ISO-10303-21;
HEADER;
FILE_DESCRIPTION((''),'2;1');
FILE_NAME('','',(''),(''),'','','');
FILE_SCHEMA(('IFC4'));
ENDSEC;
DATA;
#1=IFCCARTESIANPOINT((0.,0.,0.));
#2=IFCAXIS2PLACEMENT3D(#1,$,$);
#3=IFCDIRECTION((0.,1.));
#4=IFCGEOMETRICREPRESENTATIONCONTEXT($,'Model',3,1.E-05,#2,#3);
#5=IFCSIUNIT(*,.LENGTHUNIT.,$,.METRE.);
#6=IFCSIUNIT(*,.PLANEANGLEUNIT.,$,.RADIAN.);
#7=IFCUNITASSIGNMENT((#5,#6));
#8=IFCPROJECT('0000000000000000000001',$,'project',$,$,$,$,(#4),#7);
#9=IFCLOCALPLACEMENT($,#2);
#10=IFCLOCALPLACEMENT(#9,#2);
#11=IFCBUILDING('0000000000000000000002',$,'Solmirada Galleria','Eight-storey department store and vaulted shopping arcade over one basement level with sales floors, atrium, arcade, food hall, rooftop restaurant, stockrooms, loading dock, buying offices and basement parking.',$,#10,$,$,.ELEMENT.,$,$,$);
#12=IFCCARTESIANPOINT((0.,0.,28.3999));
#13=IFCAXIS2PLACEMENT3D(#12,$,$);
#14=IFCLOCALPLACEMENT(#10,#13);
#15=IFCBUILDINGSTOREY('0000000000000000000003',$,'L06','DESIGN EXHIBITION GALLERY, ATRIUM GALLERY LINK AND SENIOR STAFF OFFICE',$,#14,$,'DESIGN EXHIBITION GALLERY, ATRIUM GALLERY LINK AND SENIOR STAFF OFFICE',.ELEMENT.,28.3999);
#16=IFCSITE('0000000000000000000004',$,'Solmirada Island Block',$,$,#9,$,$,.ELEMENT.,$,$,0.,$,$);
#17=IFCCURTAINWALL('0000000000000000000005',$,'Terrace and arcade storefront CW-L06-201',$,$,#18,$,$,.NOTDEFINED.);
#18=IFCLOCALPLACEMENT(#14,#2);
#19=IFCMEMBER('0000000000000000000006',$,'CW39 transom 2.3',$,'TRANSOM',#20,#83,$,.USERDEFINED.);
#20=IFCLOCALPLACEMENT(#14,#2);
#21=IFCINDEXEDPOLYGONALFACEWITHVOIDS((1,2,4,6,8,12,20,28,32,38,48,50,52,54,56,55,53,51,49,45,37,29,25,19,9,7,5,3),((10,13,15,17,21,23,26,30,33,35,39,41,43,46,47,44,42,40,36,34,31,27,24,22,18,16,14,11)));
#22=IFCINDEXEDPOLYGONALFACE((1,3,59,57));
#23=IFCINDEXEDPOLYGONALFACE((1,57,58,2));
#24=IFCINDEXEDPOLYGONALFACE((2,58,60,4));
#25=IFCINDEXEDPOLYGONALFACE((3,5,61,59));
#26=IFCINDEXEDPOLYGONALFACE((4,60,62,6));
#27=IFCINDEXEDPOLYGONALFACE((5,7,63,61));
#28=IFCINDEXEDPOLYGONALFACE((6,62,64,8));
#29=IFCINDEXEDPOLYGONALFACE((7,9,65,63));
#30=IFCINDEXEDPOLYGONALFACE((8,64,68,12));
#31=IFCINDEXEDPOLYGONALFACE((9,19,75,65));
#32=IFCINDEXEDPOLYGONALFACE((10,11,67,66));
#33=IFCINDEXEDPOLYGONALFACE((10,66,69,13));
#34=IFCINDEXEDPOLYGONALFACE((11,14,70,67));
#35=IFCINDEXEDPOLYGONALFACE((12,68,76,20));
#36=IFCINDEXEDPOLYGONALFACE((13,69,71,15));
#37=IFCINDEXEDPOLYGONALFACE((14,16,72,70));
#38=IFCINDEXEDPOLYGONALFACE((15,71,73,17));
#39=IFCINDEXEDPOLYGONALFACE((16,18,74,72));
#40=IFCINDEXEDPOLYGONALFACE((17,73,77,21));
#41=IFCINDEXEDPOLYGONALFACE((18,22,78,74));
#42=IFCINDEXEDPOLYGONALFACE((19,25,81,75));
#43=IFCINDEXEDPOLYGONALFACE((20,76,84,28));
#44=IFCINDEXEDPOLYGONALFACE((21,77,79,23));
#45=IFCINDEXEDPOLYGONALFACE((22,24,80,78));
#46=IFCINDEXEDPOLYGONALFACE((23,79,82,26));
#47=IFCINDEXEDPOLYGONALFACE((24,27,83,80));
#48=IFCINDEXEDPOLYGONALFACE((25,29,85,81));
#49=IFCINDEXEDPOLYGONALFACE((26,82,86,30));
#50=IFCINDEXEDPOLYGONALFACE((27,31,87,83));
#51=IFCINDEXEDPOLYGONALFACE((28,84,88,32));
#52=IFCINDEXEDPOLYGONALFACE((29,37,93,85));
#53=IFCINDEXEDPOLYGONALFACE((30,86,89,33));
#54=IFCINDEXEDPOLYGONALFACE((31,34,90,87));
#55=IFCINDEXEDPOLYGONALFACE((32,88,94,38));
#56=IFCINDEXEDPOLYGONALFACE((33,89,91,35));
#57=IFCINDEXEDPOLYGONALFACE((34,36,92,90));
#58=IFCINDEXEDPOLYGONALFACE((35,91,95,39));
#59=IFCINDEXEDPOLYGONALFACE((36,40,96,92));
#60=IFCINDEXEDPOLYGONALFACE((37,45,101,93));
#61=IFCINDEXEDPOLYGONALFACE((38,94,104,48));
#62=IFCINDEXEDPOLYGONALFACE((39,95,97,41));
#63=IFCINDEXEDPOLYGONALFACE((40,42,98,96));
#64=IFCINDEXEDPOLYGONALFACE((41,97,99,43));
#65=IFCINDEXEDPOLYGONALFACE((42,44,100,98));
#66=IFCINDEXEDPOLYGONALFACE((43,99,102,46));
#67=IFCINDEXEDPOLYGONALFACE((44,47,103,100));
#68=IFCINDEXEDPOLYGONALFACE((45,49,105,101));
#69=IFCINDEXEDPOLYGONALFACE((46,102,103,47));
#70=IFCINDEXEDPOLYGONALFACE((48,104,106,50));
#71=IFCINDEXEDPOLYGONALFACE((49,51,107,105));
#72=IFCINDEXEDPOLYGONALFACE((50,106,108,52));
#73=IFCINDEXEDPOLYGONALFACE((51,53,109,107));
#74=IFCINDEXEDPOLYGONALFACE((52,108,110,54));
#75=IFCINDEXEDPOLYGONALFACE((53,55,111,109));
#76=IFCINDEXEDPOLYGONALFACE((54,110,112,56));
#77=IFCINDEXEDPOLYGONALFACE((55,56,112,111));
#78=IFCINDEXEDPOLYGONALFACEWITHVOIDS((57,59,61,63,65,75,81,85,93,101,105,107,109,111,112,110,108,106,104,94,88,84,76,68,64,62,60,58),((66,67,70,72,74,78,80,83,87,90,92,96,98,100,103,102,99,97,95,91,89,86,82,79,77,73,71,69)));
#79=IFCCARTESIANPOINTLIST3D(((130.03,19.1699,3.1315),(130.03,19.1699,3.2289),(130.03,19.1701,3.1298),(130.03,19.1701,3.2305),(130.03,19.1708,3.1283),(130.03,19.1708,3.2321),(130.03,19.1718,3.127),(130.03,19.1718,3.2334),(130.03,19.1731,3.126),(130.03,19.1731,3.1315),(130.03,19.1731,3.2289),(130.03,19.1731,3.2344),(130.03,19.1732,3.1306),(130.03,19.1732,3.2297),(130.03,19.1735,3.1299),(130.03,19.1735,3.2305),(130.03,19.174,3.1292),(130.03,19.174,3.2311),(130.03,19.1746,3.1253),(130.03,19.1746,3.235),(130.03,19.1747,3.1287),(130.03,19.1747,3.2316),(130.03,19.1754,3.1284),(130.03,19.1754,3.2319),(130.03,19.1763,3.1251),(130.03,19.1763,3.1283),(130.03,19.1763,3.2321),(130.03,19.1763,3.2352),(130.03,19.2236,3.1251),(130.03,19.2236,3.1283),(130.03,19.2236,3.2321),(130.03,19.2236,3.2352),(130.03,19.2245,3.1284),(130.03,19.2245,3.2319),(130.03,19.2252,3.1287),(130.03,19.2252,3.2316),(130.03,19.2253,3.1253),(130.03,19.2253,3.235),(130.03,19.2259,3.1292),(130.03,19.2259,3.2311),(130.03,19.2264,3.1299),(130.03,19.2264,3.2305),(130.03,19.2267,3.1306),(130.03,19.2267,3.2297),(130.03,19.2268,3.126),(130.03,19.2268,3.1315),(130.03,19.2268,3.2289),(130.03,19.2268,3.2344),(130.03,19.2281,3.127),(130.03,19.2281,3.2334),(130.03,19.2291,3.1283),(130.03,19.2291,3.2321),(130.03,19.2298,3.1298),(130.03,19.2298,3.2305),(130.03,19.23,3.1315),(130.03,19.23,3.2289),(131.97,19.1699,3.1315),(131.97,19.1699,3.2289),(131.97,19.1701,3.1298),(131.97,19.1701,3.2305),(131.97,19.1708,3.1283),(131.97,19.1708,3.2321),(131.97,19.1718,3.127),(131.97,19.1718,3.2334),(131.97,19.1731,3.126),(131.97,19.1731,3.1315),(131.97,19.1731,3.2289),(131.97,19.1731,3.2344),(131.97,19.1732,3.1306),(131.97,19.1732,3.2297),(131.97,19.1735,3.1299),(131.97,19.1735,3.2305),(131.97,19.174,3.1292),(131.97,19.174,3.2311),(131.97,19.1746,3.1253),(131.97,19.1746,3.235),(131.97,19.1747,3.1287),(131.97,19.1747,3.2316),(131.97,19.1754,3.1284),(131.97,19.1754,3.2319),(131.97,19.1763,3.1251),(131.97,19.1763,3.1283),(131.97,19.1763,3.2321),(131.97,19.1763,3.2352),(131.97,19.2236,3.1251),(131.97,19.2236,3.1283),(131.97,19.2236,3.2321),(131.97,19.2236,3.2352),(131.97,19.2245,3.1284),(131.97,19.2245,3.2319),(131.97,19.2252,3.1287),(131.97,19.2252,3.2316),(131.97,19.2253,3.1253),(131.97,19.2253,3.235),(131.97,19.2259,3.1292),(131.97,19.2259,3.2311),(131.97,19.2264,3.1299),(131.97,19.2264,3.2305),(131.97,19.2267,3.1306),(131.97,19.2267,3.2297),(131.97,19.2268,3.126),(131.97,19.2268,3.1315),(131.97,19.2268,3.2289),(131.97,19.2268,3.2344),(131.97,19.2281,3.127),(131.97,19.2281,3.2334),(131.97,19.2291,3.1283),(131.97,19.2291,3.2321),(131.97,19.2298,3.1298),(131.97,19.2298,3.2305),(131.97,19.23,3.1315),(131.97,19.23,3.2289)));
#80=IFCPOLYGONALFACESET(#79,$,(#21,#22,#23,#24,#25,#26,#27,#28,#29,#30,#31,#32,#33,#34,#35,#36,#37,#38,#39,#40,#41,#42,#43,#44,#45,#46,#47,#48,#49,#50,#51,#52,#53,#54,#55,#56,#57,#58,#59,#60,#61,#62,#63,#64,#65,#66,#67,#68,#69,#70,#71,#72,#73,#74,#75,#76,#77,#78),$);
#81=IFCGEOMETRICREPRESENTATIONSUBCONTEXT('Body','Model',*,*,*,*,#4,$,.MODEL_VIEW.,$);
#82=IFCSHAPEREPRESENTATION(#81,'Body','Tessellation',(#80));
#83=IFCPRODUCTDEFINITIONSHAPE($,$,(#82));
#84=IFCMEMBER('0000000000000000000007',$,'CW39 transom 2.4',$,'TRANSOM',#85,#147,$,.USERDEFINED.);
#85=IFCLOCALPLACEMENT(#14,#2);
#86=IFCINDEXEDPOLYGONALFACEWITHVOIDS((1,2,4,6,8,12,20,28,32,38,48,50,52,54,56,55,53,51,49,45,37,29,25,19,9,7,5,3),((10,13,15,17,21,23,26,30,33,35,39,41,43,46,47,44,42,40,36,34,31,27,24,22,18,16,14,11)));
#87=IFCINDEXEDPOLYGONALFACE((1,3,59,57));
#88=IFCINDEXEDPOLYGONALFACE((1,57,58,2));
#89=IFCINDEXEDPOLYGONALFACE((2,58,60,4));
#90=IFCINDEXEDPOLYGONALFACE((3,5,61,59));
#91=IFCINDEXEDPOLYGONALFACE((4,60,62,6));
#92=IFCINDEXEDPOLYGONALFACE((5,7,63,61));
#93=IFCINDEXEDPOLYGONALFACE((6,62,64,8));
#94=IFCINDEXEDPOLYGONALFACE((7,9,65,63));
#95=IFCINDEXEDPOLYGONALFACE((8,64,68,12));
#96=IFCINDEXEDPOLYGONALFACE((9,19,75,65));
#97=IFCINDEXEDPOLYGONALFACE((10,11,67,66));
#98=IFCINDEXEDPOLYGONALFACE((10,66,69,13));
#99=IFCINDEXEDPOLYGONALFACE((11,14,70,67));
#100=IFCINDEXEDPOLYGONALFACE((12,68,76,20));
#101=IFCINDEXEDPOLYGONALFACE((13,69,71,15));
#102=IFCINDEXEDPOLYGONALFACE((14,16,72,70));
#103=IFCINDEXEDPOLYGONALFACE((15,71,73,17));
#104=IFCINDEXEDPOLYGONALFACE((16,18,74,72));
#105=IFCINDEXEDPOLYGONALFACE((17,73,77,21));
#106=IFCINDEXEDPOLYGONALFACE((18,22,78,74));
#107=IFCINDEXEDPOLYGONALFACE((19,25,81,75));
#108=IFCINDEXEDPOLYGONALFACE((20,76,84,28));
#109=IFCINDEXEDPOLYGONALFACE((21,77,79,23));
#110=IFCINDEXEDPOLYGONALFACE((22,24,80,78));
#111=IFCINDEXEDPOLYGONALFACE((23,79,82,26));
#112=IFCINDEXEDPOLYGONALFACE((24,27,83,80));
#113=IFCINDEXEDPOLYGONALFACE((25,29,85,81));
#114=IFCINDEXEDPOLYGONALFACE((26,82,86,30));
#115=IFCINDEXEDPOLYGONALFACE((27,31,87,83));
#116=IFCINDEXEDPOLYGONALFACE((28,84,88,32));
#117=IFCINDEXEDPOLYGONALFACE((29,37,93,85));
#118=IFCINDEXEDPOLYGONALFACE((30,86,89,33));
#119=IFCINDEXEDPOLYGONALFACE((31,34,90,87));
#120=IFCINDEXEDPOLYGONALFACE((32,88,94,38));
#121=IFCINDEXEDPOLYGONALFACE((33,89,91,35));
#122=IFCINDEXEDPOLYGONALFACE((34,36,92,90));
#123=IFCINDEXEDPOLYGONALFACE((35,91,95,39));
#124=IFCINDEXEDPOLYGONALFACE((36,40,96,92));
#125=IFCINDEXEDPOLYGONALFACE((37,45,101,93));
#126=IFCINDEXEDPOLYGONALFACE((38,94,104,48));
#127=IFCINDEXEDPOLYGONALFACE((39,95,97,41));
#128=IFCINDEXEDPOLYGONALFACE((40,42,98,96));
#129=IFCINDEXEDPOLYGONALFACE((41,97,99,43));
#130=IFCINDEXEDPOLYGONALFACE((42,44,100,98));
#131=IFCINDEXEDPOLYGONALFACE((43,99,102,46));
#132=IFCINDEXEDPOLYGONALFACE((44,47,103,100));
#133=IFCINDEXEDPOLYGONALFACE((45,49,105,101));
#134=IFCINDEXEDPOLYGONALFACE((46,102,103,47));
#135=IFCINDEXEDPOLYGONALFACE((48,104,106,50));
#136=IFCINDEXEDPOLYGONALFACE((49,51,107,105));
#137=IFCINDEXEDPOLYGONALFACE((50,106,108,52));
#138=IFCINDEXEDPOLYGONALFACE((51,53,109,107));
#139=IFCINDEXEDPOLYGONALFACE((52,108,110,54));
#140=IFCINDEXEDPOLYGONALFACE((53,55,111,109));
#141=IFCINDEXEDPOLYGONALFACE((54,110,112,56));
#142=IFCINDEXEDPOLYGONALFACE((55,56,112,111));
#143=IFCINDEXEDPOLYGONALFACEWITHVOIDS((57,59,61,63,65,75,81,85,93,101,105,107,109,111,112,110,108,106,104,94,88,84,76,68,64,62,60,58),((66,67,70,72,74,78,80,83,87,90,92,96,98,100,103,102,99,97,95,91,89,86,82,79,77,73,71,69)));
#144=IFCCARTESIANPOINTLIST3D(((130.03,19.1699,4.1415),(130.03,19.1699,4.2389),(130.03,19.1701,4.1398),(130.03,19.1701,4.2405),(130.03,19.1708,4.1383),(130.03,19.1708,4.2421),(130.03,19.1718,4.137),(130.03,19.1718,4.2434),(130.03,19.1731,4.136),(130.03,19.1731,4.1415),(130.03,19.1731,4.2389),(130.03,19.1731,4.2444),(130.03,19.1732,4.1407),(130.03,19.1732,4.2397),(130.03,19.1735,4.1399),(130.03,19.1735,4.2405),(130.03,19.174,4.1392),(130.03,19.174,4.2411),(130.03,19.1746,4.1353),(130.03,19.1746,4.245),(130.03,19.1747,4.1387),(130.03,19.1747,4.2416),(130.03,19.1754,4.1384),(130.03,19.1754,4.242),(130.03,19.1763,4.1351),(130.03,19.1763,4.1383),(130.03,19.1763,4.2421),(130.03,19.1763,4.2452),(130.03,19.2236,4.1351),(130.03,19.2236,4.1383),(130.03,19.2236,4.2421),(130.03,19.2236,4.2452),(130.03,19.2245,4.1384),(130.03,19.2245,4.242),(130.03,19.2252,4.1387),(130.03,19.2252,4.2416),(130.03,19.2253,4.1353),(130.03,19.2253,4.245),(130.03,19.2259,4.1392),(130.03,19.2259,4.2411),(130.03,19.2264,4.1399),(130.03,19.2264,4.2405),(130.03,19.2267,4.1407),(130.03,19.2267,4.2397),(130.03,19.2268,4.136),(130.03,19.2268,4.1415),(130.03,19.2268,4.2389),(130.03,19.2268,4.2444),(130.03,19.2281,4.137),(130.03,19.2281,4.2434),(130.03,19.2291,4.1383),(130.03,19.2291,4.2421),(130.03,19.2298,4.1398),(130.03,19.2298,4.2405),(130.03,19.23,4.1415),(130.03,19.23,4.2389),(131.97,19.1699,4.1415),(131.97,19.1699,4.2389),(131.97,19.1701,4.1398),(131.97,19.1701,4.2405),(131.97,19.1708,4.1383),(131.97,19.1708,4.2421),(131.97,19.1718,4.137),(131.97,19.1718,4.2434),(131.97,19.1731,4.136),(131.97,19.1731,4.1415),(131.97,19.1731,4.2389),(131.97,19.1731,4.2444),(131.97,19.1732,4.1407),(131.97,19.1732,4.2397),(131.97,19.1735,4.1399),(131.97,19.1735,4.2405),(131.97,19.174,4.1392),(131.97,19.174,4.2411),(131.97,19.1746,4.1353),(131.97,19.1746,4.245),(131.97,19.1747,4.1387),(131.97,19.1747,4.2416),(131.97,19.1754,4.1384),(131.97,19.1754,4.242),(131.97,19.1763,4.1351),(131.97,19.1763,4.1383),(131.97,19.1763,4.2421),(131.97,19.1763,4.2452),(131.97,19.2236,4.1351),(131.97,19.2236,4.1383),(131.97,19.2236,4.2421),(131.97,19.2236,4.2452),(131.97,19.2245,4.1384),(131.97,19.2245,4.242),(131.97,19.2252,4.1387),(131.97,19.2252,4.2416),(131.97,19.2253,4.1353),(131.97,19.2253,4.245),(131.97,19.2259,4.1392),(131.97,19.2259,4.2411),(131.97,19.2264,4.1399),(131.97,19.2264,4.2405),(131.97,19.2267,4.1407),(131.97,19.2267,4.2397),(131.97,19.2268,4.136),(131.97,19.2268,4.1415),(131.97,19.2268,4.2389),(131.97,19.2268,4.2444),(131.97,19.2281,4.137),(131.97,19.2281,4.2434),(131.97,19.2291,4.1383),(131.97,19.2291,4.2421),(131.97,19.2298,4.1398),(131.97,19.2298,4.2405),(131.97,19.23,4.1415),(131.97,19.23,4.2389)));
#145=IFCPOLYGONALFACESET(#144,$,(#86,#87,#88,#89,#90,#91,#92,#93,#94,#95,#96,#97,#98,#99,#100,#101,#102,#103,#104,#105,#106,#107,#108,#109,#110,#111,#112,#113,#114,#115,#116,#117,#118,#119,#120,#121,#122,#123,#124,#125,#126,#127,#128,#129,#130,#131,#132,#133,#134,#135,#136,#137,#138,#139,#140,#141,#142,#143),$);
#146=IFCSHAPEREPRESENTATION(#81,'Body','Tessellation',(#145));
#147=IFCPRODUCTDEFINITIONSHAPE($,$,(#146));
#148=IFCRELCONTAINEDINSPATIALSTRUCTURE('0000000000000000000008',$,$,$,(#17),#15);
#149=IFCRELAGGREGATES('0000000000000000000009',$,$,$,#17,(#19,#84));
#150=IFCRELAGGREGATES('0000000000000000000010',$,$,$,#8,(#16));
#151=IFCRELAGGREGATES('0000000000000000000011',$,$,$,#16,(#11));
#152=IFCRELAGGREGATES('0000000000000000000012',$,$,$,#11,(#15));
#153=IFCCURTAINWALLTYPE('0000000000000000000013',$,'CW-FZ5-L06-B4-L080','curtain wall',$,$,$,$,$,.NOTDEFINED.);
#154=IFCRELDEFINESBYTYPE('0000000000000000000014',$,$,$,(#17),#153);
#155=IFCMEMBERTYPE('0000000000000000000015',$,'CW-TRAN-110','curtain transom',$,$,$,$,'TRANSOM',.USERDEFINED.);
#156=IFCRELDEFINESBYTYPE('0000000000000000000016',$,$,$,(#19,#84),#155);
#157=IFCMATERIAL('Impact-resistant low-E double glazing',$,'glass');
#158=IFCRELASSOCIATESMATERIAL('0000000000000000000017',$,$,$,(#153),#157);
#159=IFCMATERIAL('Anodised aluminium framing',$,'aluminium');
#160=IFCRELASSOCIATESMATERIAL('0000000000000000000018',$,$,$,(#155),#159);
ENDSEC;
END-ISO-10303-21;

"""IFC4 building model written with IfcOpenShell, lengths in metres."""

from ifc_helpers import new_model, si_unit, direction, frame, origin, origin_2d, place, context, subcontext, project, spatial, hollow_rectangle, extrude, material, material_profile, profile_set, type_object, element, aggregate, save


model = new_model("IFC4")

# Units and contexts
model_context = context("Model", 3, precision=1e-05, world=origin(), true_north=direction((0.0, 1.0)))
body_context = subcontext(model_context, "Body", "Model", "MODEL_VIEW")
ifc_project = project(units=[si_unit("LENGTHUNIT", "METRE"), si_unit("PLANEANGLEUNIT", "RADIAN")], contexts=[model_context])

# Site, building, storey
site_placement = place(None, origin())
site = spatial("IfcSite", under=ifc_project, at=site_placement, Name="Solmirada Island Block", CompositionType="ELEMENT", RefElevation=0.0)
building_placement = place(site_placement, origin())
building = spatial("IfcBuilding", under=site, at=building_placement, Name="Solmirada Galleria", Description="Eight-storey department store and vaulted shopping arcade over one basement level with sales floors, atrium, arcade, food hall, rooftop restaurant, stockrooms, loading dock, buying offices and basement parking.", CompositionType="ELEMENT")
storey_placement = place(building_placement, frame((0.0, 0.0, 28.3999)))
storey = spatial("IfcBuildingStorey", under=building, at=storey_placement, Name="L06", Description="DESIGN EXHIBITION GALLERY, ATRIUM GALLERY LINK AND SENIOR STAFF OFFICE", LongName="DESIGN EXHIBITION GALLERY, ATRIUM GALLERY LINK AND SENIOR STAFF OFFICE", CompositionType="ELEMENT", Elevation=28.3999)

# Shared definitions
ifc_material_1 = material(Name="Impact-resistant low-E double glazing", Category="glass")
curtain_wall_type = type_object("IfcCurtainWallType", Name="CW-FZ5-L06-B4-L080", Description="curtain wall", PredefinedType="NOTDEFINED", material=ifc_material_1)
ifc_material_2 = material(Name="Anodised aluminium framing", Category="aluminium")

# Curtain wall, members
curtain_wall_1_placement = place(storey_placement, origin())
curtain_wall_1 = element("IfcCurtainWall", 1, at=curtain_wall_1_placement, inside=storey, type_object=curtain_wall_type, Name="Terrace and arcade storefront CW-L06-201", PredefinedType="NOTDEFINED")
ifc_material_profile_1 = material_profile(ifc_material_2, hollow_rectangle(XDim=0.0601, YDim=0.1101, WallThickness=0.0032, InnerFilletRadius=0.0032, OuterFilletRadius=0.0063, at=origin_2d()), Name="ALU-TRAN-110X60")
ifc_profile_set_1 = profile_set([ifc_material_profile_1], Name="Anodised aluminium framing")
member_type_1 = type_object("IfcMemberType", Name="CW-TRAN-110", Description="curtain transom", ElementType="TRANSOM", PredefinedType="USERDEFINED", material=ifc_profile_set_1)
member_1_placement = place(storey_placement, frame((130.03, 19.2, 3.1802), z_axis=(1.0, 0.0, 0.0), x_axis=(0.0, 1.0, 0.0)))
member_1 = element("IfcMember", 2, at=member_1_placement, type_object=member_type_1, Name="CW39 transom 2.3", ObjectType="TRANSOM", PredefinedType="USERDEFINED", context=body_context, shape_type="SweptSolid", body=[
    extrude(hollow_rectangle(XDim=0.0601, YDim=0.1101, WallThickness=0.0032, InnerFilletRadius=0.0032, OuterFilletRadius=0.0063, at=origin_2d()), origin(), (0.0, 0.0, 1.0), 1.9399),
])
member_2_placement = place(storey_placement, frame((130.03, 19.2, 4.1902), z_axis=(1.0, 0.0, 0.0), x_axis=(0.0, 1.0, 0.0)))
member_2 = element("IfcMember", 3, at=member_2_placement, type_object=member_type_1, Name="CW39 transom 2.4", ObjectType="TRANSOM", PredefinedType="USERDEFINED", context=body_context, shape_type="SweptSolid", body=[
    extrude(hollow_rectangle(XDim=0.0601, YDim=0.1101, WallThickness=0.0032, InnerFilletRadius=0.0032, OuterFilletRadius=0.0063, at=origin_2d()), origin(), (0.0, 0.0, 1.0), 1.9399),
])

aggregate(curtain_wall_1, [member_1, member_2])

save(model, "model.ifc")
